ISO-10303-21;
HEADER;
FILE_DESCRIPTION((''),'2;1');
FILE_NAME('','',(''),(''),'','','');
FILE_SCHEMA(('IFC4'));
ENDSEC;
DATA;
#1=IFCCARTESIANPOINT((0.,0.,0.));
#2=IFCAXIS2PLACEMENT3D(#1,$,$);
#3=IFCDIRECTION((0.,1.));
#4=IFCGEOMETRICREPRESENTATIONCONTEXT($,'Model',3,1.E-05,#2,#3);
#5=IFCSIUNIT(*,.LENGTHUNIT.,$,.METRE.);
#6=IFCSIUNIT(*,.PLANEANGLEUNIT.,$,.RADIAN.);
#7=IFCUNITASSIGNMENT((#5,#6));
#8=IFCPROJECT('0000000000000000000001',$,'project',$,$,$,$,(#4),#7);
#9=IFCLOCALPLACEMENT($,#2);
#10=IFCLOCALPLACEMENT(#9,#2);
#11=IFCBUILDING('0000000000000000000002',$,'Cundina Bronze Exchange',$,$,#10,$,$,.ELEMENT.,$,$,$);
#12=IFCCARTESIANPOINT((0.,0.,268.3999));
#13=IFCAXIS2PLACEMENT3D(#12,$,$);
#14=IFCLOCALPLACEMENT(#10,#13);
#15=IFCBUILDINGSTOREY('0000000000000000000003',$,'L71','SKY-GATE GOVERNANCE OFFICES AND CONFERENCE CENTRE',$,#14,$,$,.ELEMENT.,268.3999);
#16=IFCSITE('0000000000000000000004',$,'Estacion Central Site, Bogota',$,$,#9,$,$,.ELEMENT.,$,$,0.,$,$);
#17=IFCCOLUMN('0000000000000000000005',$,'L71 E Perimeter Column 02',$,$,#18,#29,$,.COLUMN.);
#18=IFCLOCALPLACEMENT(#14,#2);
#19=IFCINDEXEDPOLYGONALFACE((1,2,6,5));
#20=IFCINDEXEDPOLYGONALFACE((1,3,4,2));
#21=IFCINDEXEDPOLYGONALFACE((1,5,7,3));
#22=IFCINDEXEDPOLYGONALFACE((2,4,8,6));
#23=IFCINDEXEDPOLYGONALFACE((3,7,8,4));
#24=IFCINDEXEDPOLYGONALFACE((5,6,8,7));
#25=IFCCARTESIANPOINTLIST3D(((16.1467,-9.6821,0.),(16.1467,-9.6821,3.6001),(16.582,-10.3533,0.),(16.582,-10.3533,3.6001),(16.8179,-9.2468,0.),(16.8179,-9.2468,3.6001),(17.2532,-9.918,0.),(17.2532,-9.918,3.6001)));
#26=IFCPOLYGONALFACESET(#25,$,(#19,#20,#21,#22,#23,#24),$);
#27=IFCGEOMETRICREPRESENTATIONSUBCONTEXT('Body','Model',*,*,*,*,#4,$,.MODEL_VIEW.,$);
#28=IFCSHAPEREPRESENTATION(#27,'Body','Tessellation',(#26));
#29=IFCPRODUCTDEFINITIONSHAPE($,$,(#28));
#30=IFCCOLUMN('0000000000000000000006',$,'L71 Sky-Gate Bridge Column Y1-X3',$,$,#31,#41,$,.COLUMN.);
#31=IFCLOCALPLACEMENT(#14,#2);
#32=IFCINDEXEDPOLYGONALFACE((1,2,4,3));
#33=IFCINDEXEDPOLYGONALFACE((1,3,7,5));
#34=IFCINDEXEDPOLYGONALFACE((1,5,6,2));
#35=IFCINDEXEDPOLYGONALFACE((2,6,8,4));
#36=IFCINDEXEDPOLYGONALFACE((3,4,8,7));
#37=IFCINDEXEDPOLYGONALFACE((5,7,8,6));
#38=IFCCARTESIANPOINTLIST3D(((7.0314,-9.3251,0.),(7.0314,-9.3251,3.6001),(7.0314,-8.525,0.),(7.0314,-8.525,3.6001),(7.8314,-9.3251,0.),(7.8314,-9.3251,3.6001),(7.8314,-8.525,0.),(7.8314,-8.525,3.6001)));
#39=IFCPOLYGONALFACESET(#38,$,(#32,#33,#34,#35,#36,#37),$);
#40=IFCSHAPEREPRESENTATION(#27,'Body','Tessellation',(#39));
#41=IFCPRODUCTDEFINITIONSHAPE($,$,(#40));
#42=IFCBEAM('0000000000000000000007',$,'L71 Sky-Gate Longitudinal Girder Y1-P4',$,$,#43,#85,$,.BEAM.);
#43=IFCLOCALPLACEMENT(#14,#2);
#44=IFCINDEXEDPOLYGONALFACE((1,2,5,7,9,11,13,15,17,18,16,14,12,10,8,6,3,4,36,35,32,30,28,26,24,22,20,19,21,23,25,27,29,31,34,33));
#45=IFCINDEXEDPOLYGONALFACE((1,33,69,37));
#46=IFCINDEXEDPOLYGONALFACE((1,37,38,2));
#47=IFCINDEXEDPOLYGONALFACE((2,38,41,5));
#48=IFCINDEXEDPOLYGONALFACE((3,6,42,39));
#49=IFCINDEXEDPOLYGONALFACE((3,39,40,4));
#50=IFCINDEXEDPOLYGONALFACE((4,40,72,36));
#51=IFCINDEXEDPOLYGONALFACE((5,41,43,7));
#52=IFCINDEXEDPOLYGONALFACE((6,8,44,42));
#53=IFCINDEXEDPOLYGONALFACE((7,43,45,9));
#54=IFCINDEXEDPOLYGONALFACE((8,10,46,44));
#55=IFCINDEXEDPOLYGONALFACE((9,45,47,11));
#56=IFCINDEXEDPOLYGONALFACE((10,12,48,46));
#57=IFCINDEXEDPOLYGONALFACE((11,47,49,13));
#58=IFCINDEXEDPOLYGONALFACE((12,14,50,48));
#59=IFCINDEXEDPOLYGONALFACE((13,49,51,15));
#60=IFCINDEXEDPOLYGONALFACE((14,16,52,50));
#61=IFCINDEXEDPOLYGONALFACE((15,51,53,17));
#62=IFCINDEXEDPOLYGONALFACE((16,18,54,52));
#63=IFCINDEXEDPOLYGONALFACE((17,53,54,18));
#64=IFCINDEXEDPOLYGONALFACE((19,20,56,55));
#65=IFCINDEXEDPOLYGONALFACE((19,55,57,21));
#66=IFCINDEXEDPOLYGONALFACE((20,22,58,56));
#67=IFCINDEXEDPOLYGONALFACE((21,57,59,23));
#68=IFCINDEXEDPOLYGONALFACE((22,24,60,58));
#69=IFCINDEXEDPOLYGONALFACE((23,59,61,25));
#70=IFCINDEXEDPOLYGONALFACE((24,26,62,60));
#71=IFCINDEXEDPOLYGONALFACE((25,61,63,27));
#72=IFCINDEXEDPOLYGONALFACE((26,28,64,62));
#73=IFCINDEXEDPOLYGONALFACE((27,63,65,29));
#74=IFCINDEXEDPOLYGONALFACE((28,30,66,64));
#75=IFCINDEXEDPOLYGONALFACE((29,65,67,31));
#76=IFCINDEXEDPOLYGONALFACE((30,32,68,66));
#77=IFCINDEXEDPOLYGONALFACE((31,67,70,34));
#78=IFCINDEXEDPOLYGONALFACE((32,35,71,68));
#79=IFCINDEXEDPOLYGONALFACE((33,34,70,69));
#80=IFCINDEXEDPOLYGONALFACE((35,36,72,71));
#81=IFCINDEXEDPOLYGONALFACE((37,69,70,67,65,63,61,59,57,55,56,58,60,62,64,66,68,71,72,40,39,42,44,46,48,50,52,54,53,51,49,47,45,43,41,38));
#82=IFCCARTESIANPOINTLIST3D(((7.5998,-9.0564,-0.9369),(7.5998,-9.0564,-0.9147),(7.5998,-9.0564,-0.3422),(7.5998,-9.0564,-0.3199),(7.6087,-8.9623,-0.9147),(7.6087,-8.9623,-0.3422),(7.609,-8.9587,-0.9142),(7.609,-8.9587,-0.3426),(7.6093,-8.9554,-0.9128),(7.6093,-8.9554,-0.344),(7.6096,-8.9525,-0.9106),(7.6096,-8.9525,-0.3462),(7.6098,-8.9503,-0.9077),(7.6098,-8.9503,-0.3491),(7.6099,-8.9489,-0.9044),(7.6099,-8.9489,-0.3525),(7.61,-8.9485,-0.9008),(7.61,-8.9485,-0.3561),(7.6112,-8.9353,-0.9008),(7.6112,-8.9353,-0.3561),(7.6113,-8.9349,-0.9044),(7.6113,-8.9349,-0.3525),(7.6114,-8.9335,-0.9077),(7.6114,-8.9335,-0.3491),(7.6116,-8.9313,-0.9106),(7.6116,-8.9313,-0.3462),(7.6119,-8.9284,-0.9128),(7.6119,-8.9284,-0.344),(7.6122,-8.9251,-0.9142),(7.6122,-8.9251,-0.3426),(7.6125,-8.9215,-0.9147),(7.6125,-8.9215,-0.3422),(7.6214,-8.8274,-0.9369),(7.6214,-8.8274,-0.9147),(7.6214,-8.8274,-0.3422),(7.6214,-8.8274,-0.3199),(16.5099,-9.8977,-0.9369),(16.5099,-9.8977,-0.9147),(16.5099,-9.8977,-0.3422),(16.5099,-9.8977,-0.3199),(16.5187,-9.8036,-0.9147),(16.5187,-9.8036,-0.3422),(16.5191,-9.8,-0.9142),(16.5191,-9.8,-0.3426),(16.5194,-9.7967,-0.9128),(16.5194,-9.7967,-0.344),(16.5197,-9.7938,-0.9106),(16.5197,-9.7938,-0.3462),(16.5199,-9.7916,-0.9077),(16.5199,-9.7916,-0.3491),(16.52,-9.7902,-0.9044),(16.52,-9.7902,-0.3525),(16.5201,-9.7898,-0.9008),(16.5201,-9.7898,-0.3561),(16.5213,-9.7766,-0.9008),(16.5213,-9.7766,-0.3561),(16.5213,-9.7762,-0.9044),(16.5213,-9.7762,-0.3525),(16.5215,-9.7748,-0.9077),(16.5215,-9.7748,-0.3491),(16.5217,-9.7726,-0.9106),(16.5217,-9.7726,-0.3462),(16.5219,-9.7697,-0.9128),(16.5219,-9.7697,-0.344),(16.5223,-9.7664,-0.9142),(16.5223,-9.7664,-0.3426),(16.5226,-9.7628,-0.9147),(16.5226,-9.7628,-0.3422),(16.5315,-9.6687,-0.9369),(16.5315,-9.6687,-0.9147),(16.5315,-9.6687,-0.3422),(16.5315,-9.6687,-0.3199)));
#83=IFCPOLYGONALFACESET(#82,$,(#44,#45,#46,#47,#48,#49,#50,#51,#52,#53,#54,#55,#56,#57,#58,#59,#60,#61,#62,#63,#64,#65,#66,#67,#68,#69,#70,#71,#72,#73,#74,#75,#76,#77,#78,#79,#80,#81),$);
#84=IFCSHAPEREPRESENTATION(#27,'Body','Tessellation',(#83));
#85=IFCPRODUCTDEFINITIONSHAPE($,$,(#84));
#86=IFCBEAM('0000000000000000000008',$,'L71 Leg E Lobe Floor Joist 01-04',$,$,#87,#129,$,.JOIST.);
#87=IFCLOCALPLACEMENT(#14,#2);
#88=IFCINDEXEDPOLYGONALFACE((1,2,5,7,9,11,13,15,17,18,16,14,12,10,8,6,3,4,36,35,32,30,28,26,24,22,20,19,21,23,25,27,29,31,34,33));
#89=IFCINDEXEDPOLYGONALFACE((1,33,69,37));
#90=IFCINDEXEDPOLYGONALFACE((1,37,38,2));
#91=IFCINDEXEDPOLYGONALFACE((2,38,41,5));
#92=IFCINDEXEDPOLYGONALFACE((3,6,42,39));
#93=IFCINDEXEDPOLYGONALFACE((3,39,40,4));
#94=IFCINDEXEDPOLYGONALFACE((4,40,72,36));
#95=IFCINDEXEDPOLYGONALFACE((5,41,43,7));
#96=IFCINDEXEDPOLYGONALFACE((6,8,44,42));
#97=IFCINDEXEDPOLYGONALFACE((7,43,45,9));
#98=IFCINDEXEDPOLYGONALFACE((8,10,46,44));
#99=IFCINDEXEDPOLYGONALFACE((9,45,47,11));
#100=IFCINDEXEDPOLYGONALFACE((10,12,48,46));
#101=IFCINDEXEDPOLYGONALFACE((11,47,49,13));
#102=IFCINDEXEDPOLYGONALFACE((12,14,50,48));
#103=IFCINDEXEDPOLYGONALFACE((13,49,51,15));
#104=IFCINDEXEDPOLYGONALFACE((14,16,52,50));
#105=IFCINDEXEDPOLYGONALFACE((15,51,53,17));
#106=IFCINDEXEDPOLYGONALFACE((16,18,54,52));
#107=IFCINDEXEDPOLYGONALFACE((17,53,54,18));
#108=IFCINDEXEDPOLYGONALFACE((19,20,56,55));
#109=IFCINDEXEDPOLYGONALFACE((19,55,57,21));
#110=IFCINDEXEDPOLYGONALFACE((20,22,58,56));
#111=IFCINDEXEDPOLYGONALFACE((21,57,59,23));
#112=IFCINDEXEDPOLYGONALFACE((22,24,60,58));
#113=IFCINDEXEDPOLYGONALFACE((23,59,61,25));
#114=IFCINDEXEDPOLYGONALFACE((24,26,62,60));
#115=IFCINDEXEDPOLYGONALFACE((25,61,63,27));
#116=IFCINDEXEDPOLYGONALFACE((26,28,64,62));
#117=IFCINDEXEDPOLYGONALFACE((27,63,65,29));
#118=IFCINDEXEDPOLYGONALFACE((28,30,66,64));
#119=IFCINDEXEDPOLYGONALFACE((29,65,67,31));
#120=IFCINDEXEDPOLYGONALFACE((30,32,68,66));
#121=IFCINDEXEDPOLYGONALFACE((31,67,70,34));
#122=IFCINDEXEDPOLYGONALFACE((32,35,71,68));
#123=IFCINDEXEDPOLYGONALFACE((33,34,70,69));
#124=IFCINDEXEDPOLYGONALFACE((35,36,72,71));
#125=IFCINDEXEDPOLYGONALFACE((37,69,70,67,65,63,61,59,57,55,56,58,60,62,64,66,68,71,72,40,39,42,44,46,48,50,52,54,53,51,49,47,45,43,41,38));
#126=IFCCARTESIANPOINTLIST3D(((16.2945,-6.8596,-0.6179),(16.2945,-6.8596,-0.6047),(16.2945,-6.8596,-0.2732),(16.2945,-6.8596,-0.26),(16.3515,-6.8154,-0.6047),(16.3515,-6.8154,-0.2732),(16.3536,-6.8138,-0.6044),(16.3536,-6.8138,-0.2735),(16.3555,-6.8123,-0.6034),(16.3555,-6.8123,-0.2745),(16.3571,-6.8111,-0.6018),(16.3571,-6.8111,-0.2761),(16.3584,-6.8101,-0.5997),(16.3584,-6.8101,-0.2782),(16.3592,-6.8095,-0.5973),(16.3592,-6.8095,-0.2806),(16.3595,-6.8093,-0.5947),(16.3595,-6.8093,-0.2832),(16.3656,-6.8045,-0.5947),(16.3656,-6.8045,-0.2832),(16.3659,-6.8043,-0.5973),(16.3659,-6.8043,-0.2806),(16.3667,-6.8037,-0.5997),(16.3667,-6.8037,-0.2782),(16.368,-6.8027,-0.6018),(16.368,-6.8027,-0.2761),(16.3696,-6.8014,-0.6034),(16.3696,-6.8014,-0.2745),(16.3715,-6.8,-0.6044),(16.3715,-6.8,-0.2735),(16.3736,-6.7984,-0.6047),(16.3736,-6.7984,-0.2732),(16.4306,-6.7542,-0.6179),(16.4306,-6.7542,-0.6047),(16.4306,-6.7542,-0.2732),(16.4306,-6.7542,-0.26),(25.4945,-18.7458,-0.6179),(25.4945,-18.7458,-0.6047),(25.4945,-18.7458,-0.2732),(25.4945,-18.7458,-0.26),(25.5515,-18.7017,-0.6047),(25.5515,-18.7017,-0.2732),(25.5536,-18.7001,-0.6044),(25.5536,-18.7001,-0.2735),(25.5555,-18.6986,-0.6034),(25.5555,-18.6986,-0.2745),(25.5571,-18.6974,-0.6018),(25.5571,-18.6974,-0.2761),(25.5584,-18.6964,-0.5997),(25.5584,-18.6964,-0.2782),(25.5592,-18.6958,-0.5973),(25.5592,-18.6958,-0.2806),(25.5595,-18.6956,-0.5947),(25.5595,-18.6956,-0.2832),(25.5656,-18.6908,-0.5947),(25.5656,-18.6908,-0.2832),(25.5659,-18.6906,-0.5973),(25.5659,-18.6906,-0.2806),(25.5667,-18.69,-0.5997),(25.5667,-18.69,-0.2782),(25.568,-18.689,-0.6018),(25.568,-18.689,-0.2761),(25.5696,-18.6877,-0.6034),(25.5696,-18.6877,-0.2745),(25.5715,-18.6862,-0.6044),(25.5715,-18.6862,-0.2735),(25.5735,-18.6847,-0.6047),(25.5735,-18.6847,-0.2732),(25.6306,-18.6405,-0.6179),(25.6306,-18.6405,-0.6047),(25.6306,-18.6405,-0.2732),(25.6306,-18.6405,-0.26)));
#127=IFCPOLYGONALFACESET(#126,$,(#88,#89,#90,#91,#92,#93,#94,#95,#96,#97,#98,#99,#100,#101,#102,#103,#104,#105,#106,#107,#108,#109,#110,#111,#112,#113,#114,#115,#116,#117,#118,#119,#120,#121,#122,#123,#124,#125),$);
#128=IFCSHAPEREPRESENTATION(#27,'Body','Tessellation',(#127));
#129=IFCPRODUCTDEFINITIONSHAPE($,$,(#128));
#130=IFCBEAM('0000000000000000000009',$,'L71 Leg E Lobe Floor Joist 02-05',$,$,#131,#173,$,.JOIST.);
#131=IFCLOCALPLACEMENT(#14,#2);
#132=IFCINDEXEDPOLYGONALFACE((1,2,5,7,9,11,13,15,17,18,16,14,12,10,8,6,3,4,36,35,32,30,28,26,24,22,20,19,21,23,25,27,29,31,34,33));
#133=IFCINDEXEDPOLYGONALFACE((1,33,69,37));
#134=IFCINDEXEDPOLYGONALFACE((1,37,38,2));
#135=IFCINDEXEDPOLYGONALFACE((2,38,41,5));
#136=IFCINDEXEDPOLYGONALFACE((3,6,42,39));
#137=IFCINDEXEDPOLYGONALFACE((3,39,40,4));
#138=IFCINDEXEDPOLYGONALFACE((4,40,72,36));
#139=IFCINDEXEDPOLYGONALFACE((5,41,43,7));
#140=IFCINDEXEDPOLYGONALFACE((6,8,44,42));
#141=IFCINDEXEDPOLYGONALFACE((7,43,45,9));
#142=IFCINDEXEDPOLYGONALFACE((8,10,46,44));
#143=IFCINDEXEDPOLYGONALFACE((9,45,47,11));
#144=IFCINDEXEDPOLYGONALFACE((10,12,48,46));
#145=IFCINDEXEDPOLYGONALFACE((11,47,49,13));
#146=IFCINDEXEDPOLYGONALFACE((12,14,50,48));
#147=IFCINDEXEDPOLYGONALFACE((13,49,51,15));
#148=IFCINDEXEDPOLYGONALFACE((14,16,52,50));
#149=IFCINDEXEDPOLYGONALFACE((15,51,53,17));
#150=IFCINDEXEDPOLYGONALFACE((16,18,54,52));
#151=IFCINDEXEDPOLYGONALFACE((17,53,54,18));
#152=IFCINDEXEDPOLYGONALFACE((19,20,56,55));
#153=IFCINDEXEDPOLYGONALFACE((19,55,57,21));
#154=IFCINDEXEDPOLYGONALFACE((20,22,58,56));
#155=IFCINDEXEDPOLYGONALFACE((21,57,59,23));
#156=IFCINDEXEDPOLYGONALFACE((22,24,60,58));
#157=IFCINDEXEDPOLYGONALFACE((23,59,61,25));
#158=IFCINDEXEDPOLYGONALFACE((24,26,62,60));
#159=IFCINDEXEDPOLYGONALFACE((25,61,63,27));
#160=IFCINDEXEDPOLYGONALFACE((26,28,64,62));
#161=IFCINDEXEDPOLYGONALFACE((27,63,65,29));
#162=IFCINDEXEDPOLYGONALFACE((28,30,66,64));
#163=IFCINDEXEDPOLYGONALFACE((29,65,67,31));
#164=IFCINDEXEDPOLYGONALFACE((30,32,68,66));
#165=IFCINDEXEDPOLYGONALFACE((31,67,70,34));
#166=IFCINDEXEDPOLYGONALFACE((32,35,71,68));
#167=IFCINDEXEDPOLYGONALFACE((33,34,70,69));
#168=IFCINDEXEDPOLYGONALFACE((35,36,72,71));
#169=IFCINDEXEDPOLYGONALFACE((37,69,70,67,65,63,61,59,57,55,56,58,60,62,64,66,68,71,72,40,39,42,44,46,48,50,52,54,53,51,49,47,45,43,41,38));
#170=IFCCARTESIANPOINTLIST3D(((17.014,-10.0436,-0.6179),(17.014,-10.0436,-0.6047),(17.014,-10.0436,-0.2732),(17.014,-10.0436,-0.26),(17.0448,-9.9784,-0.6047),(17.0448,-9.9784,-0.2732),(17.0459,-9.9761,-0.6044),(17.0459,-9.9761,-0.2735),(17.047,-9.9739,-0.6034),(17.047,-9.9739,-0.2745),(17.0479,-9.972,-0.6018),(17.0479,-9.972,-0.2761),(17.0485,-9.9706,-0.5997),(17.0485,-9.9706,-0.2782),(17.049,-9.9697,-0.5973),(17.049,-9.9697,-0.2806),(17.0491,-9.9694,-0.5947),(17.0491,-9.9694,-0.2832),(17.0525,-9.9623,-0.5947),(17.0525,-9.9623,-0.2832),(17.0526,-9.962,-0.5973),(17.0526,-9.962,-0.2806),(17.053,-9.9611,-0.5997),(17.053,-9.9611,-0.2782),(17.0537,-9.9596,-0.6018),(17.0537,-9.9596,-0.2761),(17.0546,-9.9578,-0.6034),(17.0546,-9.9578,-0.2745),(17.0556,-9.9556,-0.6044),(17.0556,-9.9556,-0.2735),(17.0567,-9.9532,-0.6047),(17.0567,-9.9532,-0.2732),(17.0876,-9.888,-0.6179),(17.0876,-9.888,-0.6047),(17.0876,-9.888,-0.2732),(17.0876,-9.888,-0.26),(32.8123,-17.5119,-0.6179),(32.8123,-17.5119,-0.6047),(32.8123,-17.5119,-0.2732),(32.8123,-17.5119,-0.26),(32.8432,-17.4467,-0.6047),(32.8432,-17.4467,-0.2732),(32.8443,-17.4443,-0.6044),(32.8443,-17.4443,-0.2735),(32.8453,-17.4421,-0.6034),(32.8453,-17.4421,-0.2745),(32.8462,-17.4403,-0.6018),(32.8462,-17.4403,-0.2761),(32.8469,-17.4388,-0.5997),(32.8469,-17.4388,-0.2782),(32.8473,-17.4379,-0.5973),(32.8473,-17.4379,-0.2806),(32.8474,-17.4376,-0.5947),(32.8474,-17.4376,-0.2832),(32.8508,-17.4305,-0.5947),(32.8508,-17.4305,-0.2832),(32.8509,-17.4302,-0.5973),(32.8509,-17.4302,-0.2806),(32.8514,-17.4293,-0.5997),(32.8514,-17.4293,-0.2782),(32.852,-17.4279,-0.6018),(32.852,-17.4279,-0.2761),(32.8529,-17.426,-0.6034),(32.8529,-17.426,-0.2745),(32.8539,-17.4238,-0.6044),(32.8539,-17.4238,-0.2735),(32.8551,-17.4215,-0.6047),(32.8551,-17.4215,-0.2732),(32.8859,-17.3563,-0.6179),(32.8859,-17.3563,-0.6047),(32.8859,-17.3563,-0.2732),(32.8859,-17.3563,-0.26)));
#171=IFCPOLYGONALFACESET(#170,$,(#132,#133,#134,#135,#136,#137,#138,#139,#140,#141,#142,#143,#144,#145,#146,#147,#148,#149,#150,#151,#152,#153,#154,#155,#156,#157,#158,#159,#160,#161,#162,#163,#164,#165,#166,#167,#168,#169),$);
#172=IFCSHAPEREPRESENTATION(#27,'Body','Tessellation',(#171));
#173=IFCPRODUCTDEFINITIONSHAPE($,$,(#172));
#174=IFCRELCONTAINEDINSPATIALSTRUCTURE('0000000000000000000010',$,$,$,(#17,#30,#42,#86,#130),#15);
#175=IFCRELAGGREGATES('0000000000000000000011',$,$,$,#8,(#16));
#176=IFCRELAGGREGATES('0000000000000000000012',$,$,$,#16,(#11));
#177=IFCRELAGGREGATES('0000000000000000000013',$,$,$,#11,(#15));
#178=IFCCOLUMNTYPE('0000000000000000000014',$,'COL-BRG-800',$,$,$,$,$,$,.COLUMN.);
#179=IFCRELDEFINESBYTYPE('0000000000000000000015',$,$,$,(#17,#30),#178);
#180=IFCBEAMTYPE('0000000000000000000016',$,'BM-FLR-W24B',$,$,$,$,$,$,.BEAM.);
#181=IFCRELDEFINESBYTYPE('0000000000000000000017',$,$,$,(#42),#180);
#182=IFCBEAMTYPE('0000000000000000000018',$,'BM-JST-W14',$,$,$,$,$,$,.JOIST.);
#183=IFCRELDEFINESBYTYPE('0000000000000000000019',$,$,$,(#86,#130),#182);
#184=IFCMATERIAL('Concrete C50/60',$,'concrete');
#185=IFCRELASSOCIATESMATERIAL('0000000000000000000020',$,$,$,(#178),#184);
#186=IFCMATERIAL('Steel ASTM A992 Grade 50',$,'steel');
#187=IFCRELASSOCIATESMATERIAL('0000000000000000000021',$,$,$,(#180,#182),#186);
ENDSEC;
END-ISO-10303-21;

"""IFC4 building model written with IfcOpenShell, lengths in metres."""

from ifc_helpers import new_model, si_unit, direction, frame, origin, origin_2d, place, context, subcontext, project, spatial, rectangle, i_section, extrude, material, material_profile, profile_set, type_object, element, save


model = new_model("IFC4")

# Units and contexts
model_context = context("Model", 3, precision=1e-05, world=origin(), true_north=direction((0.0, 1.0)))
body_context = subcontext(model_context, "Body", "Model", "MODEL_VIEW")
ifc_project = project(units=[si_unit("LENGTHUNIT", "METRE"), si_unit("PLANEANGLEUNIT", "RADIAN")], contexts=[model_context])

# Site, building, storey
site_placement = place(None, origin())
site = spatial("IfcSite", under=ifc_project, at=site_placement, Name="Estacion Central Site, Bogota", CompositionType="ELEMENT", RefElevation=0.0)
building_placement = place(site_placement, origin())
building = spatial("IfcBuilding", under=site, at=building_placement, Name="Cundina Bronze Exchange", CompositionType="ELEMENT")
storey_placement = place(building_placement, frame((0.0, 0.0, 268.3999)))
storey = spatial("IfcBuildingStorey", under=building, at=storey_placement, Name="L71", Description="SKY-GATE GOVERNANCE OFFICES AND CONFERENCE CENTRE", CompositionType="ELEMENT", Elevation=268.3999)

# Columns
ifc_material_1 = material(Name="Concrete C50/60", Category="concrete")
ifc_material_profile_1 = material_profile(ifc_material_1, rectangle(XDim=0.8, YDim=0.8, at=origin_2d()), Name="RC800X800", Category="concrete")
ifc_profile_set_1 = profile_set([ifc_material_profile_1], Name="Concrete C50/60")
column_type = type_object("IfcColumnType", Name="COL-BRG-800", PredefinedType="COLUMN", material=ifc_profile_set_1)
for number, where, z_axis, x_axis, name in (
    (1, (16.7, -9.8, 0.0), (0.0, 0.0, 1.0), (0.5442, -0.838956, 0.0), "L71 E Perimeter Column 02"),
    (2, (7.4314, -8.925, 0.0), (0.0, 0.0, 1.0), (1.0, 0.0, 0.0), "L71 Sky-Gate Bridge Column Y1-X3"),
):
    element("IfcColumn", number, at=place(storey_placement, frame(where, z_axis=z_axis, x_axis=x_axis)), inside=storey, type_object=column_type, Name=name, PredefinedType="COLUMN", context=body_context, shape_type="SweptSolid", body=[
        extrude(rectangle(XDim=0.8, YDim=0.8, at=origin_2d()), origin(), (0.0, 0.0, 1.0), 3.6001),
    ])

# Beams
ifc_material_2 = material(Name="Steel ASTM A992 Grade 50", Category="steel")
ifc_material_profile_2 = material_profile(ifc_material_2, i_section(OverallWidth=0.23, OverallDepth=0.6169, WebThickness=0.0132, FlangeThickness=0.0222, FilletRadius=0.0139, at=origin_2d()), Name="W24X94", Category="steel")
ifc_profile_set_2 = profile_set([ifc_material_profile_2], Name="Steel ASTM A992 Grade 50")
beam_type_1 = type_object("IfcBeamType", Name="BM-FLR-W24B", PredefinedType="BEAM", material=ifc_profile_set_2)
beam_1_placement = place(storey_placement, frame((7.6106, -8.9419, -0.6284), z_axis=(0.995572, -0.094003, 0.0), x_axis=(0.094003, 0.995572, 0.0)))
element("IfcBeam", 3, at=beam_1_placement, inside=storey, type_object=beam_type_1, Name="L71 Sky-Gate Longitudinal Girder Y1-P4", PredefinedType="BEAM", context=body_context, shape_type="SweptSolid", body=[
    extrude(i_section(OverallWidth=0.23, OverallDepth=0.6169, WebThickness=0.0132, FlangeThickness=0.0222, FilletRadius=0.0139, at=origin_2d()), origin(), (0.0, 0.0, 1.0), 8.9497),
])
ifc_material_profile_3 = material_profile(ifc_material_2, i_section(OverallWidth=0.1721, OverallDepth=0.3579, WebThickness=0.0078, FlangeThickness=0.0132, FilletRadius=0.01, at=origin_2d()), Name="W14X38", Category="steel")
ifc_profile_set_3 = profile_set([ifc_material_profile_3], Name="Steel ASTM A992 Grade 50")
beam_type_2 = type_object("IfcBeamType", Name="BM-JST-W14", PredefinedType="JOIST", material=ifc_profile_set_3)
beam_2_placement = place(storey_placement, frame((16.3625, -6.8069, -0.439), z_axis=(0.612078, -0.790798, 0.0), x_axis=(0.790798, 0.612078, 0.0)))
element("IfcBeam", 4, at=beam_2_placement, inside=storey, type_object=beam_type_2, Name="L71 Leg E Lobe Floor Joist 01-04", PredefinedType="JOIST", context=body_context, shape_type="SweptSolid", body=[
    extrude(i_section(OverallWidth=0.1721, OverallDepth=0.3579, WebThickness=0.0078, FlangeThickness=0.0132, FilletRadius=0.01, at=origin_2d()), origin(), (0.0, 0.0, 1.0), 15.0308),
])
beam_3_placement = place(storey_placement, frame((17.0508, -9.9658, -0.439), z_axis=(0.904073, -0.427378, 0.0), x_axis=(0.427378, 0.904073, 0.0)))
element("IfcBeam", 5, at=beam_3_placement, inside=storey, type_object=beam_type_2, Name="L71 Leg E Lobe Floor Joist 02-05", PredefinedType="JOIST", context=body_context, shape_type="SweptSolid", body=[
    extrude(i_section(OverallWidth=0.1721, OverallDepth=0.3579, WebThickness=0.0078, FlangeThickness=0.0132, FilletRadius=0.01, at=origin_2d()), origin(), (0.0, 0.0, 1.0), 17.4746),
])

save(model, "model.ifc")
